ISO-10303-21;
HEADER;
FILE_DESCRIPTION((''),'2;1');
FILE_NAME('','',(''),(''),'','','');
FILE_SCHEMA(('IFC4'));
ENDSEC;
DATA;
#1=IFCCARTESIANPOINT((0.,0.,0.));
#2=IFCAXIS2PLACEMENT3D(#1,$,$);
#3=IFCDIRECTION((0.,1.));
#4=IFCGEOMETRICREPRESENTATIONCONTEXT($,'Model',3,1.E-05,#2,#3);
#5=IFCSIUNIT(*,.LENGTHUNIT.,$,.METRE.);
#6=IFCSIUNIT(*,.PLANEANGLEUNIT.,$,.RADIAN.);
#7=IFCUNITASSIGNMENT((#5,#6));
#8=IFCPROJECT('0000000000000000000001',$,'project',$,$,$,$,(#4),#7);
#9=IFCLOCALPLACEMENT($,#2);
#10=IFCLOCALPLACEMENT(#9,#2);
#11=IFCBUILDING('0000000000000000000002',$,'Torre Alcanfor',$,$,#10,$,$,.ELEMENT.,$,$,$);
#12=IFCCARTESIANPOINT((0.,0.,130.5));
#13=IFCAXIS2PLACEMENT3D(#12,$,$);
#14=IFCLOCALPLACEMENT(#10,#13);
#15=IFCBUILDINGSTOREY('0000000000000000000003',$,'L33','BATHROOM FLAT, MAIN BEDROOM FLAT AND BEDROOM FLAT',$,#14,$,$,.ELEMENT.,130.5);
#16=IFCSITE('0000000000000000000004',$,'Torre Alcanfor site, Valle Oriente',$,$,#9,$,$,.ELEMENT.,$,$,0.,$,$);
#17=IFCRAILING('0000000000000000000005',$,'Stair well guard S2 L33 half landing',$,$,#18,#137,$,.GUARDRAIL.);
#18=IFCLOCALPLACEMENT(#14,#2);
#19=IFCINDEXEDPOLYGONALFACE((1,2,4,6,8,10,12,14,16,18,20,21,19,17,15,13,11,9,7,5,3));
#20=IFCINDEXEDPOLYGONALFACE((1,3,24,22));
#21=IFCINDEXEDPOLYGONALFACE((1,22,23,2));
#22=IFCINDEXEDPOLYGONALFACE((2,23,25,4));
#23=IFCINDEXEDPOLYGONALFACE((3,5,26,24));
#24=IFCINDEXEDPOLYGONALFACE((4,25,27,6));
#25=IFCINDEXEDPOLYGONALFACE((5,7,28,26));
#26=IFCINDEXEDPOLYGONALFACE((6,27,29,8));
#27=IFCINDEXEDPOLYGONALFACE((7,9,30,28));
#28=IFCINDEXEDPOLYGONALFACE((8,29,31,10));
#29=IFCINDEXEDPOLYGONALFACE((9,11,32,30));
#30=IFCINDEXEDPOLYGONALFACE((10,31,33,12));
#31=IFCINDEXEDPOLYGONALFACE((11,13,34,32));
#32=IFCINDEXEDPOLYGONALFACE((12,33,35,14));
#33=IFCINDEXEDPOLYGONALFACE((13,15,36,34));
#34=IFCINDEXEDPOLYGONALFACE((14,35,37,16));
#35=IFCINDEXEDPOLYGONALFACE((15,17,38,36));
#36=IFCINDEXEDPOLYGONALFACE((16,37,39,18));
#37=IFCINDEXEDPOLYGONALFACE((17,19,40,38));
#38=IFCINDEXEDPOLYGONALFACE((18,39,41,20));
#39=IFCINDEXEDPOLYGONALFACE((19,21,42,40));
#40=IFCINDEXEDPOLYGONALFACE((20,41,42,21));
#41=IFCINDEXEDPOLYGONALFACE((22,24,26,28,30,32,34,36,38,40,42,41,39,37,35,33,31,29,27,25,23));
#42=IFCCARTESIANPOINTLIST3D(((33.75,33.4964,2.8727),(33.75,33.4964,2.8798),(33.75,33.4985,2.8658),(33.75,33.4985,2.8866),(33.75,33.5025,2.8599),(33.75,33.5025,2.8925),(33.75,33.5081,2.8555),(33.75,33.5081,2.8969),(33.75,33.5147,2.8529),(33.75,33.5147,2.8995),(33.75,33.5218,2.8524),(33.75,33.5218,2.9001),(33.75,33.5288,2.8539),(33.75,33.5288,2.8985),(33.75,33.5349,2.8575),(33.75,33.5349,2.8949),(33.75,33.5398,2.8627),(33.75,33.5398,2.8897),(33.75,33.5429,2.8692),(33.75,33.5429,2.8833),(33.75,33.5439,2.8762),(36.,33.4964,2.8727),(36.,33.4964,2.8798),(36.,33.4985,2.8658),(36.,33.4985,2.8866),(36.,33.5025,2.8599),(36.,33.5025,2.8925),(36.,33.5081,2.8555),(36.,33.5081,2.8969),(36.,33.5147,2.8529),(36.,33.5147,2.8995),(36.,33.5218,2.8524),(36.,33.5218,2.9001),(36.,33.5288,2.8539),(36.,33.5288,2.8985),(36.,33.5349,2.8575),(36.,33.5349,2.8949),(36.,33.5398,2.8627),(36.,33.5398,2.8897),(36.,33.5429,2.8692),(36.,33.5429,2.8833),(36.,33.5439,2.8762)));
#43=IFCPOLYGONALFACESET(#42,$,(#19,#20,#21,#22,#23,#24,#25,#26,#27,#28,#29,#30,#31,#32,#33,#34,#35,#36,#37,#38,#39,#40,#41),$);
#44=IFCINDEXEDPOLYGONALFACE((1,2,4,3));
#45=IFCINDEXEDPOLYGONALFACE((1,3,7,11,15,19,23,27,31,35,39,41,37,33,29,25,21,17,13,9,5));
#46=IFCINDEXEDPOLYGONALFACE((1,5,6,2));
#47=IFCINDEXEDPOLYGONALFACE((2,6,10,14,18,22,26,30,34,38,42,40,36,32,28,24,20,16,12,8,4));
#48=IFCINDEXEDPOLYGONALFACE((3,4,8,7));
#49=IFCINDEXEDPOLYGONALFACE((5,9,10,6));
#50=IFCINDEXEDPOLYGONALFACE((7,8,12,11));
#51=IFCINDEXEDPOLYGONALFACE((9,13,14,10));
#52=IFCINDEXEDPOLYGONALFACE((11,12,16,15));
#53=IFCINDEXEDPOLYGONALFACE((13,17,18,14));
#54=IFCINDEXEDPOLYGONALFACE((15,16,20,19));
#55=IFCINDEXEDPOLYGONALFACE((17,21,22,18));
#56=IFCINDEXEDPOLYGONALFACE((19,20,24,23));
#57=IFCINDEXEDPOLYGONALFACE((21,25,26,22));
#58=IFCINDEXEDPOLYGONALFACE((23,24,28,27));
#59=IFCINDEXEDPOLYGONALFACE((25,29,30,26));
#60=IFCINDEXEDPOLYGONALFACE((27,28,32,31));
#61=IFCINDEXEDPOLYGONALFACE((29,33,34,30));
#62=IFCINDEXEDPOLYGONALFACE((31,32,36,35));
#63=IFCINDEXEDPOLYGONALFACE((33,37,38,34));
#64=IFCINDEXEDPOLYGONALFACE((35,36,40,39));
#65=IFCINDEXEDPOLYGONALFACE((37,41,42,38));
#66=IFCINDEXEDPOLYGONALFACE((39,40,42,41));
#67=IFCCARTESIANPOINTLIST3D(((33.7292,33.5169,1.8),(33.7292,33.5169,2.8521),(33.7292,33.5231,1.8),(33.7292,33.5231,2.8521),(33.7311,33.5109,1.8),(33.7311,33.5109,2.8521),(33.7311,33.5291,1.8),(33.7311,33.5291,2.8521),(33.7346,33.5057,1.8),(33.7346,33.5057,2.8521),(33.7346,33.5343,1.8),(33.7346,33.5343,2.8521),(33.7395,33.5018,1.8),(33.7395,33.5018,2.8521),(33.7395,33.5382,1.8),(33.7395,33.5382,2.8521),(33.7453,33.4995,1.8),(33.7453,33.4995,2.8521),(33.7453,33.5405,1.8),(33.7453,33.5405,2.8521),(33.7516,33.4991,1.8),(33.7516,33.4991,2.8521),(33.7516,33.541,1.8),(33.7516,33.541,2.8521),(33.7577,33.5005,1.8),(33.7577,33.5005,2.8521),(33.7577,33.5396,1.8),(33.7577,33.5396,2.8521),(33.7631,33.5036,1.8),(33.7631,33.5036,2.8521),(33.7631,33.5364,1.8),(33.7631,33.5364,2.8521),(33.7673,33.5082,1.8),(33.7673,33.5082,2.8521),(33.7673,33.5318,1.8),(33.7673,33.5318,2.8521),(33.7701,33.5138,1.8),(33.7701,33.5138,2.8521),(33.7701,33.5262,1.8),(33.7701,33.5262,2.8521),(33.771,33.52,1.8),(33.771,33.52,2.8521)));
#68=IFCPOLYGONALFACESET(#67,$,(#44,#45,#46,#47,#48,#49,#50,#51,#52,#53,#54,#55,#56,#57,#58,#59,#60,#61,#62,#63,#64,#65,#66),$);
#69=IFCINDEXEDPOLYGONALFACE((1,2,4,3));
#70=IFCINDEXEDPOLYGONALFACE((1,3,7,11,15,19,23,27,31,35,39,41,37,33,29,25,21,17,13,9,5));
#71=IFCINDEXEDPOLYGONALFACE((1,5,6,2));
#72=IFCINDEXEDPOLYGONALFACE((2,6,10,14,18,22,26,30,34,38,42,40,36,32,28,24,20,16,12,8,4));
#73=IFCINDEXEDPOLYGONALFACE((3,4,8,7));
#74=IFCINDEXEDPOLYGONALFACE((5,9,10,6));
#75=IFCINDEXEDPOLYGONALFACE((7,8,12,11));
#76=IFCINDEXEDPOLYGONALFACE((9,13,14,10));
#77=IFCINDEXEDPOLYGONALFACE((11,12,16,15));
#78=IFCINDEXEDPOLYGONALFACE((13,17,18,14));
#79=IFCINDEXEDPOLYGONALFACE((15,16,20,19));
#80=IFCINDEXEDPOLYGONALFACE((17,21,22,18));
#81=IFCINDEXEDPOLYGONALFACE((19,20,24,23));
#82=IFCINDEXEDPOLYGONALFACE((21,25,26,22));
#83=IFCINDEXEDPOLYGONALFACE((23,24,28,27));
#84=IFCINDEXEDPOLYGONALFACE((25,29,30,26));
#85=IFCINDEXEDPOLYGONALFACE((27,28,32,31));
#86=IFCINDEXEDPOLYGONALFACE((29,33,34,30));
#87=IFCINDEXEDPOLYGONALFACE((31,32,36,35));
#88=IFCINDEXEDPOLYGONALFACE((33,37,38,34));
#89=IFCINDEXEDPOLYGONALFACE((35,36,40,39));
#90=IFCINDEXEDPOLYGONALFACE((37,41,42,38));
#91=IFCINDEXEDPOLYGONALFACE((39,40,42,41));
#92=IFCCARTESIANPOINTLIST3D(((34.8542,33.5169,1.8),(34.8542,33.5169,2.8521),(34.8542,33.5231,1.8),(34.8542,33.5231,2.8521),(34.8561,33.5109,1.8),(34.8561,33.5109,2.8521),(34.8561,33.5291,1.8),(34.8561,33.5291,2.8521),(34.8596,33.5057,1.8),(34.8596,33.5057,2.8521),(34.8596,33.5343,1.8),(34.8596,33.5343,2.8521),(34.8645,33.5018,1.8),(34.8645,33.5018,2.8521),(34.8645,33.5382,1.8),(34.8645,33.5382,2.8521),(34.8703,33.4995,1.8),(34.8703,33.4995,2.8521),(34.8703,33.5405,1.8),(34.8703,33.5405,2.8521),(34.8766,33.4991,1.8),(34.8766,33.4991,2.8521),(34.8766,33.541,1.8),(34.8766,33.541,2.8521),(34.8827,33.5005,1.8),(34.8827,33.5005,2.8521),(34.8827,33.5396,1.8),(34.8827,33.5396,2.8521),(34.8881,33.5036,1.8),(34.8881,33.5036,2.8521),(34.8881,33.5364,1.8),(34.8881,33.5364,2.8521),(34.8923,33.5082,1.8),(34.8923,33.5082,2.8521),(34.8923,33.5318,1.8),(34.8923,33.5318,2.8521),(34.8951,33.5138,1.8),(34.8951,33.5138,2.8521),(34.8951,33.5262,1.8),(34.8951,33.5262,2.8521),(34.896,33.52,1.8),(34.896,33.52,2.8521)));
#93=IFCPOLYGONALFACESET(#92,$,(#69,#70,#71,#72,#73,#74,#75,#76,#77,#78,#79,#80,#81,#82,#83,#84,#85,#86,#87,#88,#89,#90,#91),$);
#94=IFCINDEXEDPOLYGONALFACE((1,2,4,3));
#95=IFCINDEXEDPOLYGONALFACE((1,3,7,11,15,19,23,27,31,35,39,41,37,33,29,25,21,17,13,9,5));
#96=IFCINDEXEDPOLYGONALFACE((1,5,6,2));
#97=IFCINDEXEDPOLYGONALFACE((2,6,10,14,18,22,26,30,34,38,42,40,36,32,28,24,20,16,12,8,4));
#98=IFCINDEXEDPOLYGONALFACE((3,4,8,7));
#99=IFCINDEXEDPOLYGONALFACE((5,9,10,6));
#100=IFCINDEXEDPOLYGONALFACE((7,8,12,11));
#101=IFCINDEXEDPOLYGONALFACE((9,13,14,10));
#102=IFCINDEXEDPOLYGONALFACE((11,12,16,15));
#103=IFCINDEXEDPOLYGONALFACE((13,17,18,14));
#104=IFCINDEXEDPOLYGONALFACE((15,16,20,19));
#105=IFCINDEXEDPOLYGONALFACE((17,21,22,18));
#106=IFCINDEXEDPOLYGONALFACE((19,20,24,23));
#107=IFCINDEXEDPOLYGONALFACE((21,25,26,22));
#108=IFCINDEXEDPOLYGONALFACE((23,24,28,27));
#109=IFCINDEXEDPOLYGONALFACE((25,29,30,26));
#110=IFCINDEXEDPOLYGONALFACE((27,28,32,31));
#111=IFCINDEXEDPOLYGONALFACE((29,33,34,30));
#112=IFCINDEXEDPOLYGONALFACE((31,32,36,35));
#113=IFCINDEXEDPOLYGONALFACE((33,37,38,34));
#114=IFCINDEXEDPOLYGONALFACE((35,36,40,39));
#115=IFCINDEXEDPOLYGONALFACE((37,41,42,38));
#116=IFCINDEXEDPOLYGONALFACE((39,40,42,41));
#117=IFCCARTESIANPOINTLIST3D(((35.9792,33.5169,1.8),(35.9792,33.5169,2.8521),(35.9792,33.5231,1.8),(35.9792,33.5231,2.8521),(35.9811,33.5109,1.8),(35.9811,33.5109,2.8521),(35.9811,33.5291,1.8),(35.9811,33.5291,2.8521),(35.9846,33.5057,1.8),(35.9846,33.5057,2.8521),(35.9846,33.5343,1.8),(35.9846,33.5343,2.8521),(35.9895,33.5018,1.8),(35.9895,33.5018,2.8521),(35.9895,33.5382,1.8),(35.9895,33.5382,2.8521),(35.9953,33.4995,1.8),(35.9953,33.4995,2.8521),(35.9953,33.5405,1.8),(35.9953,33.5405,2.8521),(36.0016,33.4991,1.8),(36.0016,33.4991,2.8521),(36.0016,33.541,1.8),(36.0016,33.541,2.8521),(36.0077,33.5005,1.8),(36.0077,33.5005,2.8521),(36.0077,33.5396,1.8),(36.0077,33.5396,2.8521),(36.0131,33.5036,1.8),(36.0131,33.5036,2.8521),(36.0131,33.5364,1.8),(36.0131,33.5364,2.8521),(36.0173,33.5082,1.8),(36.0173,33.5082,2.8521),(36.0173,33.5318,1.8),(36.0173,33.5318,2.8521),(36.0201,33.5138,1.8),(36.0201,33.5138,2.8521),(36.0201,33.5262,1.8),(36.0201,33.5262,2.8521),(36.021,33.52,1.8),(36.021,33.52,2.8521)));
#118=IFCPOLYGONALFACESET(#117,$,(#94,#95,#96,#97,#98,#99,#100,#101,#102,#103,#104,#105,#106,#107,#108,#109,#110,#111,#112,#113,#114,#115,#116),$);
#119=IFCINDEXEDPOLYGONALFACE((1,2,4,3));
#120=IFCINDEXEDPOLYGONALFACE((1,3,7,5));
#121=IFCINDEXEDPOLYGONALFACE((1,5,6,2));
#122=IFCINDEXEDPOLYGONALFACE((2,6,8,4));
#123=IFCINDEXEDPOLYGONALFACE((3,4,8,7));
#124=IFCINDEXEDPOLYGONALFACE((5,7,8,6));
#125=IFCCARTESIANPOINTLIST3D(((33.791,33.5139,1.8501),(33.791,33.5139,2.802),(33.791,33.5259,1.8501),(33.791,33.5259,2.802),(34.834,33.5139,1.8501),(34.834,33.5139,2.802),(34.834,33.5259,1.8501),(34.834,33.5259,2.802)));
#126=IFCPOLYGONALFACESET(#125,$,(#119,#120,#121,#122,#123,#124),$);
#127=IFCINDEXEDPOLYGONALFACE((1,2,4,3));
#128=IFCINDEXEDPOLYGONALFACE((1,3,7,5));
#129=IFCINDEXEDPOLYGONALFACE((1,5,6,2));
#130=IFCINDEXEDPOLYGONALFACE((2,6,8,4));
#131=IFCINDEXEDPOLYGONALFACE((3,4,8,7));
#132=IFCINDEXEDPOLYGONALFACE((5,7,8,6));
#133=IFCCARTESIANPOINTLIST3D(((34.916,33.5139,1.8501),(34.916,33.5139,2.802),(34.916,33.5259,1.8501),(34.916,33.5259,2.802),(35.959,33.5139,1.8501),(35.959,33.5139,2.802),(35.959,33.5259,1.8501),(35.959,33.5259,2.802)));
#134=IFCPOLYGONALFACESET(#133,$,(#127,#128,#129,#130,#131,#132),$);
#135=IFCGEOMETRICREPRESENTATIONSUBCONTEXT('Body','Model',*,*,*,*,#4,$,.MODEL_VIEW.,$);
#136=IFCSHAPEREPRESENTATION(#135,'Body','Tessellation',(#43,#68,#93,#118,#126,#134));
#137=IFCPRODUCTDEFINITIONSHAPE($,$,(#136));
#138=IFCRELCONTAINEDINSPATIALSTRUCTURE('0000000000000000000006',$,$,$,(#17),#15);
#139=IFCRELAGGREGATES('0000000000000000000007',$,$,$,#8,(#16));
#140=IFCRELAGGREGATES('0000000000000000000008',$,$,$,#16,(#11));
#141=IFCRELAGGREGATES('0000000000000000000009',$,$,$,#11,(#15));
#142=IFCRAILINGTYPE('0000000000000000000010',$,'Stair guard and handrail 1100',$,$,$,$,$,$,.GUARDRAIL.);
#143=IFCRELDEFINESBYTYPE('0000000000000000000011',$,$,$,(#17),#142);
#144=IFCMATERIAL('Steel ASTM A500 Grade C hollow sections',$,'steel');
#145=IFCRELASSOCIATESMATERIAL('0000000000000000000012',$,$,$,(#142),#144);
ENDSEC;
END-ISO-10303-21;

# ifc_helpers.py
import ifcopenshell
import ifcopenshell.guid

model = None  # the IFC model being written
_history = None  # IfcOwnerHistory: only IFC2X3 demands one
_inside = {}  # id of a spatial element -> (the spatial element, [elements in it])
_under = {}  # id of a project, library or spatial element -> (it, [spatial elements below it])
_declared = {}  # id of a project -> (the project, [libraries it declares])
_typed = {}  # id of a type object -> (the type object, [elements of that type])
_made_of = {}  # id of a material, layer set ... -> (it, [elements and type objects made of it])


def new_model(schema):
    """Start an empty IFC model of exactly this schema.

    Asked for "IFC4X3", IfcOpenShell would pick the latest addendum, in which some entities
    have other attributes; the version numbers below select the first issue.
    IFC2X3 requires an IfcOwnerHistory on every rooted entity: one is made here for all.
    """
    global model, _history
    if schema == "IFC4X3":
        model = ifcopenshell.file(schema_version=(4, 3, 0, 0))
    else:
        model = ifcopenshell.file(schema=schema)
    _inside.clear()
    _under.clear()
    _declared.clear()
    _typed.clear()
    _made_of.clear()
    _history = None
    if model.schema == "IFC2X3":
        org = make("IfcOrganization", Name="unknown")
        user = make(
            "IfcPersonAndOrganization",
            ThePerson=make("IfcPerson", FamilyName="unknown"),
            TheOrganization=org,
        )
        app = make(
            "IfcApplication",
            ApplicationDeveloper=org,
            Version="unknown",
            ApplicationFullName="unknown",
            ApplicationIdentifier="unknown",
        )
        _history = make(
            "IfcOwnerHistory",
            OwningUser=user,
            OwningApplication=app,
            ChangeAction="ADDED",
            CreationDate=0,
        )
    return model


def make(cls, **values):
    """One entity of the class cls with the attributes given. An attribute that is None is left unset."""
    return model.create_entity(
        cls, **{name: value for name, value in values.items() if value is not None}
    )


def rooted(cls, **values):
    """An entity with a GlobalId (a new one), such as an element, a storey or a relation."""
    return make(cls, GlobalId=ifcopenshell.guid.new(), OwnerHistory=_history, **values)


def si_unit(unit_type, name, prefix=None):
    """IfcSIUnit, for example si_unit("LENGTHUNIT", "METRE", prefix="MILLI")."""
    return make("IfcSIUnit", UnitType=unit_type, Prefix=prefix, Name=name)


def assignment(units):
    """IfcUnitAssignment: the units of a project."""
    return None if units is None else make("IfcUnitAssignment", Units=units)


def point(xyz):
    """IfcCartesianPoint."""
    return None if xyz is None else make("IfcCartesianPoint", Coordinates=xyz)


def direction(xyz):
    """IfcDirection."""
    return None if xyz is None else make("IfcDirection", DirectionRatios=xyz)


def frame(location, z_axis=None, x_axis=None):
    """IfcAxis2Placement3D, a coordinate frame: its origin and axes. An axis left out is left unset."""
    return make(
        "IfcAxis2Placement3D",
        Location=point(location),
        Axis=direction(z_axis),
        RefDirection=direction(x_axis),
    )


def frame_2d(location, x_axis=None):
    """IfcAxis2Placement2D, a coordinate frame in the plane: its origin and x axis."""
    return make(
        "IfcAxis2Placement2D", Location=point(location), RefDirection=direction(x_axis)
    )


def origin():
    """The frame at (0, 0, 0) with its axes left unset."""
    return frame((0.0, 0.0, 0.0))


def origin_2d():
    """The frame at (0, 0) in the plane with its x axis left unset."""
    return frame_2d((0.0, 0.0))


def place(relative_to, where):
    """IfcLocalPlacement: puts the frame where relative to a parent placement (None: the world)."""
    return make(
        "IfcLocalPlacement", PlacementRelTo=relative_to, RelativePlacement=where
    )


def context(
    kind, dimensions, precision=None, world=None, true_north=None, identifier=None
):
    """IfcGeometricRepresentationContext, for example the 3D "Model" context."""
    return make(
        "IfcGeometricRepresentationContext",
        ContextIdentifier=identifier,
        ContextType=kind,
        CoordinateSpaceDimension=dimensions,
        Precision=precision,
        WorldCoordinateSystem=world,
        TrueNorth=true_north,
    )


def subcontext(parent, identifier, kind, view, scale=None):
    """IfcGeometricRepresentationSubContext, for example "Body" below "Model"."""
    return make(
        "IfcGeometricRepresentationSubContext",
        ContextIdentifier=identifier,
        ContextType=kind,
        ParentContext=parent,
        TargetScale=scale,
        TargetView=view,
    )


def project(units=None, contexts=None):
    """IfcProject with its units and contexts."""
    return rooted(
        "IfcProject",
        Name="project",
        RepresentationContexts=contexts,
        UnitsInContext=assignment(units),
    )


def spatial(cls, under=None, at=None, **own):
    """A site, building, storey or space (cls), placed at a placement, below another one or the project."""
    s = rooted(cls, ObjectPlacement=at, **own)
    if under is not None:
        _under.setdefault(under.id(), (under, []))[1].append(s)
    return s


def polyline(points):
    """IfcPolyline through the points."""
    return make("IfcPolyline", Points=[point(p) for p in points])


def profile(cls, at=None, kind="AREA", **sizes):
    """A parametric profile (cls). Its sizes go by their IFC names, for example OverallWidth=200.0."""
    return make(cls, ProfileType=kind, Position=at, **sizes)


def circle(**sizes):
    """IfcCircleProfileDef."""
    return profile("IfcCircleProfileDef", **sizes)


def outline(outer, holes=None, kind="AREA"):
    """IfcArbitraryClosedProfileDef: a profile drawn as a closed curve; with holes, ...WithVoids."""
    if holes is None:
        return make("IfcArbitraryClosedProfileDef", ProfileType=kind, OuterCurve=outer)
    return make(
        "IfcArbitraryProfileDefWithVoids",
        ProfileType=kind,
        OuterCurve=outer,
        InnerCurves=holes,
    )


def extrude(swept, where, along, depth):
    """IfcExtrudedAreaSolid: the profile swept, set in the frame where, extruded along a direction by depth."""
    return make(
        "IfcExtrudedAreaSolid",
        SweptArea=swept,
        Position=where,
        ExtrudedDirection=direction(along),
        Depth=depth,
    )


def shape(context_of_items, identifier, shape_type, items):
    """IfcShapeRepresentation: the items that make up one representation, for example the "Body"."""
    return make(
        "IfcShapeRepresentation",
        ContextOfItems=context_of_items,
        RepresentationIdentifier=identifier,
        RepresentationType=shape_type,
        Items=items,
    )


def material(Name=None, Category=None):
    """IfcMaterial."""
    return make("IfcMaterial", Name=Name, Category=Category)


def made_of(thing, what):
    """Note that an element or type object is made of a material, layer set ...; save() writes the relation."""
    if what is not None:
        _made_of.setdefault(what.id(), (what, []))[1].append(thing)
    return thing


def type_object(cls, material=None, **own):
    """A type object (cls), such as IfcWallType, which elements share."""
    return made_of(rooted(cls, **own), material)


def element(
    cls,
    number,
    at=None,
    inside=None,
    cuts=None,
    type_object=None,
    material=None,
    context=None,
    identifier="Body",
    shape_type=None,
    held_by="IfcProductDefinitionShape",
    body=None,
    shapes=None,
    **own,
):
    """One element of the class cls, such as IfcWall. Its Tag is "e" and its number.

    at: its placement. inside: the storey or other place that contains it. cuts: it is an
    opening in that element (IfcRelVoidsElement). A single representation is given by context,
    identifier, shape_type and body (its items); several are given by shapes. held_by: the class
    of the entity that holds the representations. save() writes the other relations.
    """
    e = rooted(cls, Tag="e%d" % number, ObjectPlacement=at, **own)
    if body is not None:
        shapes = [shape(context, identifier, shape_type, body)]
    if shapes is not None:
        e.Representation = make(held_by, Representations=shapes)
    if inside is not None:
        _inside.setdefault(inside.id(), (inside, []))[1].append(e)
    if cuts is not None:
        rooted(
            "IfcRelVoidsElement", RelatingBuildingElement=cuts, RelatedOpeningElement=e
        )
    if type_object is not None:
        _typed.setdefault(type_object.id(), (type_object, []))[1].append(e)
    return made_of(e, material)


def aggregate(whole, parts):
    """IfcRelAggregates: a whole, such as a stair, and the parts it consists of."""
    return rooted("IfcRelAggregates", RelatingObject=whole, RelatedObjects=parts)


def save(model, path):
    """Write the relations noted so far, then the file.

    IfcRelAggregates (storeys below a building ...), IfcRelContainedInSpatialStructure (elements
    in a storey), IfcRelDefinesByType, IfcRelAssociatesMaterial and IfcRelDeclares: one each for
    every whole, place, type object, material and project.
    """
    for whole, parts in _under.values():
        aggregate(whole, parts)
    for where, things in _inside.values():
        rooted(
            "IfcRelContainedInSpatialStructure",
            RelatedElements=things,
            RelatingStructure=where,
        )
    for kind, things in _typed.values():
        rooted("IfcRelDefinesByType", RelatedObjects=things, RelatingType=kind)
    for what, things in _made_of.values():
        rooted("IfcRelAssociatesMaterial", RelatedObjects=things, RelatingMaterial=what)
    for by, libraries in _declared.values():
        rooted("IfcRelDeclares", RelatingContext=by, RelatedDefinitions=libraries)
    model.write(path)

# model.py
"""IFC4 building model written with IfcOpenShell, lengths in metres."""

from ifc_helpers import new_model, si_unit, direction, frame, origin, origin_2d, place, context, subcontext, project, spatial, polyline, circle, outline, extrude, material, type_object, element, save


model = new_model("IFC4")

# Units and contexts
model_context = context("Model", 3, precision=1e-05, world=origin(), true_north=direction((0.0, 1.0)))
body_context = subcontext(model_context, "Body", "Model", "MODEL_VIEW")
ifc_project = project(units=[si_unit("LENGTHUNIT", "METRE"), si_unit("PLANEANGLEUNIT", "RADIAN")], contexts=[model_context])

# Site, building, storey
site_placement = place(None, origin())
site = spatial("IfcSite", under=ifc_project, at=site_placement, Name="Torre Alcanfor site, Valle Oriente", CompositionType="ELEMENT", RefElevation=0.0)
building_placement = place(site_placement, origin())
building = spatial("IfcBuilding", under=site, at=building_placement, Name="Torre Alcanfor", CompositionType="ELEMENT")
storey_placement = place(building_placement, frame((0.0, 0.0, 130.5)))
storey = spatial("IfcBuildingStorey", under=building, at=storey_placement, Name="L33", Description="BATHROOM FLAT, MAIN BEDROOM FLAT AND BEDROOM FLAT", CompositionType="ELEMENT", Elevation=130.5)

# Railing
ifc_material_1 = material(Name="Steel ASTM A500 Grade C hollow sections", Category="steel")
railing_type_1 = type_object("IfcRailingType", Name="Stair guard and handrail 1100", PredefinedType="GUARDRAIL", material=ifc_material_1)
for number, where, name in (
    (1, (33.75, 33.52, 1.8), "Stair well guard S2 L33 half landing"),
):
    element("IfcRailing", number, at=place(storey_placement, frame(where)), inside=storey, type_object=railing_type_1, Name=name, PredefinedType="GUARDRAIL", context=body_context, shape_type="SweptSolid", body=[
        extrude(circle(Radius=0.0239, at=origin_2d()), frame((0.0, 0.0, 1.0762), z_axis=(1.0, 0.0, 0.0), x_axis=(0.0, 1.0, 0.0)), (0.0, 0.0, 1.0), 2.25),
        extrude(circle(Radius=0.021, at=origin_2d()), origin(), (0.0, 0.0, 1.0), 1.052),
        extrude(circle(Radius=0.021, at=origin_2d()), frame((1.125, 0.0, 0.0)), (0.0, 0.0, 1.0), 1.052),
        extrude(circle(Radius=0.021, at=origin_2d()), frame((2.25, 0.0, 0.0)), (0.0, 0.0, 1.0), 1.052),
        extrude(outline(polyline([(0.041, 0.05), (1.084, 0.05), (1.084, 1.002), (0.041, 1.002), (0.041, 0.05)])), frame((0.0, 0.0059, 0.0), z_axis=(0.0, -1.0, 0.0), x_axis=(1.0, 0.0, 0.0)), (0.0, 0.0, 1.0), 0.012),
        extrude(outline(polyline([(1.166, 0.05), (2.209, 0.05), (2.209, 1.002), (1.166, 1.002), (1.166, 0.05)])), frame((0.0, 0.0059, 0.0), z_axis=(0.0, -1.0, 0.0), x_axis=(1.0, 0.0, 0.0)), (0.0, 0.0, 1.0), 0.012),
    ])

save(model, "model.ifc")
